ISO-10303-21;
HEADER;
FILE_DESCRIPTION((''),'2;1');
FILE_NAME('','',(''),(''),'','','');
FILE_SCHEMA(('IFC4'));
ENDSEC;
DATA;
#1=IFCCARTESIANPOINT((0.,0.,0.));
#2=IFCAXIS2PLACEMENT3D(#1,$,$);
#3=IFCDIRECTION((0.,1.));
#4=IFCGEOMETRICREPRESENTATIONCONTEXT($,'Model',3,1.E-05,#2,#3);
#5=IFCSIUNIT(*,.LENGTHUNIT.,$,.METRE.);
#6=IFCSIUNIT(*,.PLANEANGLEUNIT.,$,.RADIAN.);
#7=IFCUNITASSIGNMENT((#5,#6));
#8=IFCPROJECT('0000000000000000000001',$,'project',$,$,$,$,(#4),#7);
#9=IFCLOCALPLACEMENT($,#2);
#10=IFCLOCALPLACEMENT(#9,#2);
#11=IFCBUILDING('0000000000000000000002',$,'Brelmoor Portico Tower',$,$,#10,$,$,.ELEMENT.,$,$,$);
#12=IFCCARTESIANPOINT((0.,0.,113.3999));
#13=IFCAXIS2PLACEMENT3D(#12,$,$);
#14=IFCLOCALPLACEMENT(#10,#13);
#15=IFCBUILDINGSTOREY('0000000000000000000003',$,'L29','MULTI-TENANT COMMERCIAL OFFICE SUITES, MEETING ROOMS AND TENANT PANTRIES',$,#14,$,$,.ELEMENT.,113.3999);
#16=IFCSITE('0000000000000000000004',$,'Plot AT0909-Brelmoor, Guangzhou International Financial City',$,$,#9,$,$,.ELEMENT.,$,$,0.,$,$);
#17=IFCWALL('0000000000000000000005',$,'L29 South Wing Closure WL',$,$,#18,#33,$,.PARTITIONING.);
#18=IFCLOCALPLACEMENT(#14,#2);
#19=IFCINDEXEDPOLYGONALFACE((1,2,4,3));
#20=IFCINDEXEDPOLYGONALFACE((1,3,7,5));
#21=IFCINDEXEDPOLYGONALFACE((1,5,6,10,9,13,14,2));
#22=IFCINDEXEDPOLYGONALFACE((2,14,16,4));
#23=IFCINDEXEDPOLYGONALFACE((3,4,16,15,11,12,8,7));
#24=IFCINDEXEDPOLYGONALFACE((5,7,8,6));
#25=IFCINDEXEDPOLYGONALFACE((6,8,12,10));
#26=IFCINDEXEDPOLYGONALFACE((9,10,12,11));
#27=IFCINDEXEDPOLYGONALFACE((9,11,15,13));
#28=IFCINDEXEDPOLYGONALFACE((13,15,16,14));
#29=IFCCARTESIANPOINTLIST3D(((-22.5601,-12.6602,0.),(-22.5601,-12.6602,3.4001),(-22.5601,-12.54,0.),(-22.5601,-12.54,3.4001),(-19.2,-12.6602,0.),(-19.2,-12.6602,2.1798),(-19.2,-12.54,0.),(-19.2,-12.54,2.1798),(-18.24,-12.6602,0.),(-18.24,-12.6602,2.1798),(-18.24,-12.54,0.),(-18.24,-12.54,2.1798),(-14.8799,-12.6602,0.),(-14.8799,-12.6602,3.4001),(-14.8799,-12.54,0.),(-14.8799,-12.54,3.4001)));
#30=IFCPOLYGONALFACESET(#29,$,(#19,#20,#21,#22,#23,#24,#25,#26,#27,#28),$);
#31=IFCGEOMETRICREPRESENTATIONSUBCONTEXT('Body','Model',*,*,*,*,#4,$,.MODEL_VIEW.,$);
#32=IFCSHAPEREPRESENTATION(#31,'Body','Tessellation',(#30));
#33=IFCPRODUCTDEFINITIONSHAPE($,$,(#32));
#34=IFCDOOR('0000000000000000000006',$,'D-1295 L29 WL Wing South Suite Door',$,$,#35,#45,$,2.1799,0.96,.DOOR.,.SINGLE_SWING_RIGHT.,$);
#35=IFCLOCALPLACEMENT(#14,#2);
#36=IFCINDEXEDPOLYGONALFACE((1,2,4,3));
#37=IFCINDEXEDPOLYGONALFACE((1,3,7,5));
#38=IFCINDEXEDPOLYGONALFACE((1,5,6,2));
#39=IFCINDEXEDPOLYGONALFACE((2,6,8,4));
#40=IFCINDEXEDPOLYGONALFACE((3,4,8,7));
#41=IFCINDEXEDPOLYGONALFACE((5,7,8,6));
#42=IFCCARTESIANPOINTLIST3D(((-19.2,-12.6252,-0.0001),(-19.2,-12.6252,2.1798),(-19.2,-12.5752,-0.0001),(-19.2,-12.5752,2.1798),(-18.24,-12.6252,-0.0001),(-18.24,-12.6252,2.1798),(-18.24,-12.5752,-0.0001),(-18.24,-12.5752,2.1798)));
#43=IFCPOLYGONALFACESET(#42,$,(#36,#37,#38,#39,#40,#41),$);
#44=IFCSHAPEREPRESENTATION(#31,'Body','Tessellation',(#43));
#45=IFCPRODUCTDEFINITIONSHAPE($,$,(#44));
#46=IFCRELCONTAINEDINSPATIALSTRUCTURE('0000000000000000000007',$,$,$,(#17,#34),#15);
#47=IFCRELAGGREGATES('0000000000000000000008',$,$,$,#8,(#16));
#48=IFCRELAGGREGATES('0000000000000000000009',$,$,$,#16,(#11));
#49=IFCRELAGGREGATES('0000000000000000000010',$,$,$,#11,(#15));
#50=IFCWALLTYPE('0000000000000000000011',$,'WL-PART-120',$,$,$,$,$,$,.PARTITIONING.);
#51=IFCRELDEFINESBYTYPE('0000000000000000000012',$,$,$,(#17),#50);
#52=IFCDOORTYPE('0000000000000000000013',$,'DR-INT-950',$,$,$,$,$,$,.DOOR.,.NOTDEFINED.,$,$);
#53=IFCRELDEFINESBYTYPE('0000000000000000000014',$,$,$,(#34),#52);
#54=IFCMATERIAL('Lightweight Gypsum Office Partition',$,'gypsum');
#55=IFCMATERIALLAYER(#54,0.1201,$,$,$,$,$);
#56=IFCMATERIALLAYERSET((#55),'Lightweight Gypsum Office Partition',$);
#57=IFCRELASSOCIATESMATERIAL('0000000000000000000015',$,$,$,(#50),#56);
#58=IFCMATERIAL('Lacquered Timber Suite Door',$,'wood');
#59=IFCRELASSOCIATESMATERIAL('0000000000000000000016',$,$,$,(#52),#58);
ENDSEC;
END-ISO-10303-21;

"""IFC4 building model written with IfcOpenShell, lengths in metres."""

from ifc_helpers import new_model, si_unit, direction, frame, frame_2d, origin, place, context, subcontext, project, spatial, rectangle, extrude, material, layer, layer_set, type_object, element, fill, save


model = new_model("IFC4")

# Units and contexts
model_context = context("Model", 3, precision=1e-05, world=origin(), true_north=direction((0.0, 1.0)))
body_context = subcontext(model_context, "Body", "Model", "MODEL_VIEW")
ifc_project = project(units=[si_unit("LENGTHUNIT", "METRE"), si_unit("PLANEANGLEUNIT", "RADIAN")], contexts=[model_context])

# Site, building, storey
site_placement = place(None, origin())
site = spatial("IfcSite", under=ifc_project, at=site_placement, Name="Plot AT0909-Brelmoor, Guangzhou International Financial City", CompositionType="ELEMENT", RefElevation=0.0)
building_placement = place(site_placement, origin())
building = spatial("IfcBuilding", under=site, at=building_placement, Name="Brelmoor Portico Tower", CompositionType="ELEMENT")
storey_placement = place(building_placement, frame((0.0, 0.0, 113.3999)))
storey = spatial("IfcBuildingStorey", under=building, at=storey_placement, Name="L29", Description="MULTI-TENANT COMMERCIAL OFFICE SUITES, MEETING ROOMS AND TENANT PANTRIES", CompositionType="ELEMENT", Elevation=113.3999)

# Wall, opening, door
ifc_material_1 = material(Name="Lightweight Gypsum Office Partition", Category="gypsum")
ifc_layer_1 = layer(ifc_material_1, 0.1201)
ifc_layer_set_1 = layer_set([ifc_layer_1], Name="Lightweight Gypsum Office Partition")
wall_type_1 = type_object("IfcWallType", Name="WL-PART-120", PredefinedType="PARTITIONING", material=ifc_layer_set_1)
wall_placement = place(storey_placement, frame((-22.5601, -12.6001, 0.0), z_axis=(0.0, 0.0, 1.0), x_axis=(1.0, 0.0, 0.0)))
wall = element("IfcWall", 1, at=wall_placement, inside=storey, type_object=wall_type_1, Name="L29 South Wing Closure WL", PredefinedType="PARTITIONING", context=body_context, shape_type="SweptSolid", body=[
    extrude(rectangle(XDim=7.6802, YDim=0.1201, at=frame_2d((3.8401, 0.0))), origin(), (0.0, 0.0, 1.0), 3.4001),
])
opening_placement = place(wall_placement, frame((3.3601, 0.0, 0.0)))
opening = element("IfcOpeningElement", 2, at=opening_placement, cuts=wall, PredefinedType="OPENING", context=body_context, shape_type="SweptSolid", body=[
    extrude(rectangle(XDim=0.96, YDim=2.1799, at=frame_2d((0.48, 1.0898))), frame((0.0, 0.0701, 0.0), z_axis=(0.0, -1.0, 0.0), x_axis=(1.0, 0.0, 0.0)), (0.0, 0.0, 1.0), 0.1401),
])
ifc_material_2 = material(Name="Lacquered Timber Suite Door", Category="wood")
door_type = type_object("IfcDoorType", Name="DR-INT-950", OperationType="NOTDEFINED", PredefinedType="DOOR", material=ifc_material_2)
door_placement = place(opening_placement, origin())
door = element("IfcDoor", 3, at=door_placement, inside=storey, type_object=door_type, Name="D-1295 L29 WL Wing South Suite Door", OperationType="SINGLE_SWING_RIGHT", OverallHeight=2.1799, OverallWidth=0.96, PredefinedType="DOOR", context=body_context, shape_type="SweptSolid", body=[
    extrude(rectangle(XDim=0.96, YDim=2.1799, at=frame_2d((0.48, 1.0898))), frame((0.0, 0.0249, 0.0), z_axis=(0.0, -1.0, 0.0), x_axis=(1.0, 0.0, 0.0)), (0.0, 0.0, 1.0), 0.05),
])
fill(opening, door)

save(model, "model.ifc")
